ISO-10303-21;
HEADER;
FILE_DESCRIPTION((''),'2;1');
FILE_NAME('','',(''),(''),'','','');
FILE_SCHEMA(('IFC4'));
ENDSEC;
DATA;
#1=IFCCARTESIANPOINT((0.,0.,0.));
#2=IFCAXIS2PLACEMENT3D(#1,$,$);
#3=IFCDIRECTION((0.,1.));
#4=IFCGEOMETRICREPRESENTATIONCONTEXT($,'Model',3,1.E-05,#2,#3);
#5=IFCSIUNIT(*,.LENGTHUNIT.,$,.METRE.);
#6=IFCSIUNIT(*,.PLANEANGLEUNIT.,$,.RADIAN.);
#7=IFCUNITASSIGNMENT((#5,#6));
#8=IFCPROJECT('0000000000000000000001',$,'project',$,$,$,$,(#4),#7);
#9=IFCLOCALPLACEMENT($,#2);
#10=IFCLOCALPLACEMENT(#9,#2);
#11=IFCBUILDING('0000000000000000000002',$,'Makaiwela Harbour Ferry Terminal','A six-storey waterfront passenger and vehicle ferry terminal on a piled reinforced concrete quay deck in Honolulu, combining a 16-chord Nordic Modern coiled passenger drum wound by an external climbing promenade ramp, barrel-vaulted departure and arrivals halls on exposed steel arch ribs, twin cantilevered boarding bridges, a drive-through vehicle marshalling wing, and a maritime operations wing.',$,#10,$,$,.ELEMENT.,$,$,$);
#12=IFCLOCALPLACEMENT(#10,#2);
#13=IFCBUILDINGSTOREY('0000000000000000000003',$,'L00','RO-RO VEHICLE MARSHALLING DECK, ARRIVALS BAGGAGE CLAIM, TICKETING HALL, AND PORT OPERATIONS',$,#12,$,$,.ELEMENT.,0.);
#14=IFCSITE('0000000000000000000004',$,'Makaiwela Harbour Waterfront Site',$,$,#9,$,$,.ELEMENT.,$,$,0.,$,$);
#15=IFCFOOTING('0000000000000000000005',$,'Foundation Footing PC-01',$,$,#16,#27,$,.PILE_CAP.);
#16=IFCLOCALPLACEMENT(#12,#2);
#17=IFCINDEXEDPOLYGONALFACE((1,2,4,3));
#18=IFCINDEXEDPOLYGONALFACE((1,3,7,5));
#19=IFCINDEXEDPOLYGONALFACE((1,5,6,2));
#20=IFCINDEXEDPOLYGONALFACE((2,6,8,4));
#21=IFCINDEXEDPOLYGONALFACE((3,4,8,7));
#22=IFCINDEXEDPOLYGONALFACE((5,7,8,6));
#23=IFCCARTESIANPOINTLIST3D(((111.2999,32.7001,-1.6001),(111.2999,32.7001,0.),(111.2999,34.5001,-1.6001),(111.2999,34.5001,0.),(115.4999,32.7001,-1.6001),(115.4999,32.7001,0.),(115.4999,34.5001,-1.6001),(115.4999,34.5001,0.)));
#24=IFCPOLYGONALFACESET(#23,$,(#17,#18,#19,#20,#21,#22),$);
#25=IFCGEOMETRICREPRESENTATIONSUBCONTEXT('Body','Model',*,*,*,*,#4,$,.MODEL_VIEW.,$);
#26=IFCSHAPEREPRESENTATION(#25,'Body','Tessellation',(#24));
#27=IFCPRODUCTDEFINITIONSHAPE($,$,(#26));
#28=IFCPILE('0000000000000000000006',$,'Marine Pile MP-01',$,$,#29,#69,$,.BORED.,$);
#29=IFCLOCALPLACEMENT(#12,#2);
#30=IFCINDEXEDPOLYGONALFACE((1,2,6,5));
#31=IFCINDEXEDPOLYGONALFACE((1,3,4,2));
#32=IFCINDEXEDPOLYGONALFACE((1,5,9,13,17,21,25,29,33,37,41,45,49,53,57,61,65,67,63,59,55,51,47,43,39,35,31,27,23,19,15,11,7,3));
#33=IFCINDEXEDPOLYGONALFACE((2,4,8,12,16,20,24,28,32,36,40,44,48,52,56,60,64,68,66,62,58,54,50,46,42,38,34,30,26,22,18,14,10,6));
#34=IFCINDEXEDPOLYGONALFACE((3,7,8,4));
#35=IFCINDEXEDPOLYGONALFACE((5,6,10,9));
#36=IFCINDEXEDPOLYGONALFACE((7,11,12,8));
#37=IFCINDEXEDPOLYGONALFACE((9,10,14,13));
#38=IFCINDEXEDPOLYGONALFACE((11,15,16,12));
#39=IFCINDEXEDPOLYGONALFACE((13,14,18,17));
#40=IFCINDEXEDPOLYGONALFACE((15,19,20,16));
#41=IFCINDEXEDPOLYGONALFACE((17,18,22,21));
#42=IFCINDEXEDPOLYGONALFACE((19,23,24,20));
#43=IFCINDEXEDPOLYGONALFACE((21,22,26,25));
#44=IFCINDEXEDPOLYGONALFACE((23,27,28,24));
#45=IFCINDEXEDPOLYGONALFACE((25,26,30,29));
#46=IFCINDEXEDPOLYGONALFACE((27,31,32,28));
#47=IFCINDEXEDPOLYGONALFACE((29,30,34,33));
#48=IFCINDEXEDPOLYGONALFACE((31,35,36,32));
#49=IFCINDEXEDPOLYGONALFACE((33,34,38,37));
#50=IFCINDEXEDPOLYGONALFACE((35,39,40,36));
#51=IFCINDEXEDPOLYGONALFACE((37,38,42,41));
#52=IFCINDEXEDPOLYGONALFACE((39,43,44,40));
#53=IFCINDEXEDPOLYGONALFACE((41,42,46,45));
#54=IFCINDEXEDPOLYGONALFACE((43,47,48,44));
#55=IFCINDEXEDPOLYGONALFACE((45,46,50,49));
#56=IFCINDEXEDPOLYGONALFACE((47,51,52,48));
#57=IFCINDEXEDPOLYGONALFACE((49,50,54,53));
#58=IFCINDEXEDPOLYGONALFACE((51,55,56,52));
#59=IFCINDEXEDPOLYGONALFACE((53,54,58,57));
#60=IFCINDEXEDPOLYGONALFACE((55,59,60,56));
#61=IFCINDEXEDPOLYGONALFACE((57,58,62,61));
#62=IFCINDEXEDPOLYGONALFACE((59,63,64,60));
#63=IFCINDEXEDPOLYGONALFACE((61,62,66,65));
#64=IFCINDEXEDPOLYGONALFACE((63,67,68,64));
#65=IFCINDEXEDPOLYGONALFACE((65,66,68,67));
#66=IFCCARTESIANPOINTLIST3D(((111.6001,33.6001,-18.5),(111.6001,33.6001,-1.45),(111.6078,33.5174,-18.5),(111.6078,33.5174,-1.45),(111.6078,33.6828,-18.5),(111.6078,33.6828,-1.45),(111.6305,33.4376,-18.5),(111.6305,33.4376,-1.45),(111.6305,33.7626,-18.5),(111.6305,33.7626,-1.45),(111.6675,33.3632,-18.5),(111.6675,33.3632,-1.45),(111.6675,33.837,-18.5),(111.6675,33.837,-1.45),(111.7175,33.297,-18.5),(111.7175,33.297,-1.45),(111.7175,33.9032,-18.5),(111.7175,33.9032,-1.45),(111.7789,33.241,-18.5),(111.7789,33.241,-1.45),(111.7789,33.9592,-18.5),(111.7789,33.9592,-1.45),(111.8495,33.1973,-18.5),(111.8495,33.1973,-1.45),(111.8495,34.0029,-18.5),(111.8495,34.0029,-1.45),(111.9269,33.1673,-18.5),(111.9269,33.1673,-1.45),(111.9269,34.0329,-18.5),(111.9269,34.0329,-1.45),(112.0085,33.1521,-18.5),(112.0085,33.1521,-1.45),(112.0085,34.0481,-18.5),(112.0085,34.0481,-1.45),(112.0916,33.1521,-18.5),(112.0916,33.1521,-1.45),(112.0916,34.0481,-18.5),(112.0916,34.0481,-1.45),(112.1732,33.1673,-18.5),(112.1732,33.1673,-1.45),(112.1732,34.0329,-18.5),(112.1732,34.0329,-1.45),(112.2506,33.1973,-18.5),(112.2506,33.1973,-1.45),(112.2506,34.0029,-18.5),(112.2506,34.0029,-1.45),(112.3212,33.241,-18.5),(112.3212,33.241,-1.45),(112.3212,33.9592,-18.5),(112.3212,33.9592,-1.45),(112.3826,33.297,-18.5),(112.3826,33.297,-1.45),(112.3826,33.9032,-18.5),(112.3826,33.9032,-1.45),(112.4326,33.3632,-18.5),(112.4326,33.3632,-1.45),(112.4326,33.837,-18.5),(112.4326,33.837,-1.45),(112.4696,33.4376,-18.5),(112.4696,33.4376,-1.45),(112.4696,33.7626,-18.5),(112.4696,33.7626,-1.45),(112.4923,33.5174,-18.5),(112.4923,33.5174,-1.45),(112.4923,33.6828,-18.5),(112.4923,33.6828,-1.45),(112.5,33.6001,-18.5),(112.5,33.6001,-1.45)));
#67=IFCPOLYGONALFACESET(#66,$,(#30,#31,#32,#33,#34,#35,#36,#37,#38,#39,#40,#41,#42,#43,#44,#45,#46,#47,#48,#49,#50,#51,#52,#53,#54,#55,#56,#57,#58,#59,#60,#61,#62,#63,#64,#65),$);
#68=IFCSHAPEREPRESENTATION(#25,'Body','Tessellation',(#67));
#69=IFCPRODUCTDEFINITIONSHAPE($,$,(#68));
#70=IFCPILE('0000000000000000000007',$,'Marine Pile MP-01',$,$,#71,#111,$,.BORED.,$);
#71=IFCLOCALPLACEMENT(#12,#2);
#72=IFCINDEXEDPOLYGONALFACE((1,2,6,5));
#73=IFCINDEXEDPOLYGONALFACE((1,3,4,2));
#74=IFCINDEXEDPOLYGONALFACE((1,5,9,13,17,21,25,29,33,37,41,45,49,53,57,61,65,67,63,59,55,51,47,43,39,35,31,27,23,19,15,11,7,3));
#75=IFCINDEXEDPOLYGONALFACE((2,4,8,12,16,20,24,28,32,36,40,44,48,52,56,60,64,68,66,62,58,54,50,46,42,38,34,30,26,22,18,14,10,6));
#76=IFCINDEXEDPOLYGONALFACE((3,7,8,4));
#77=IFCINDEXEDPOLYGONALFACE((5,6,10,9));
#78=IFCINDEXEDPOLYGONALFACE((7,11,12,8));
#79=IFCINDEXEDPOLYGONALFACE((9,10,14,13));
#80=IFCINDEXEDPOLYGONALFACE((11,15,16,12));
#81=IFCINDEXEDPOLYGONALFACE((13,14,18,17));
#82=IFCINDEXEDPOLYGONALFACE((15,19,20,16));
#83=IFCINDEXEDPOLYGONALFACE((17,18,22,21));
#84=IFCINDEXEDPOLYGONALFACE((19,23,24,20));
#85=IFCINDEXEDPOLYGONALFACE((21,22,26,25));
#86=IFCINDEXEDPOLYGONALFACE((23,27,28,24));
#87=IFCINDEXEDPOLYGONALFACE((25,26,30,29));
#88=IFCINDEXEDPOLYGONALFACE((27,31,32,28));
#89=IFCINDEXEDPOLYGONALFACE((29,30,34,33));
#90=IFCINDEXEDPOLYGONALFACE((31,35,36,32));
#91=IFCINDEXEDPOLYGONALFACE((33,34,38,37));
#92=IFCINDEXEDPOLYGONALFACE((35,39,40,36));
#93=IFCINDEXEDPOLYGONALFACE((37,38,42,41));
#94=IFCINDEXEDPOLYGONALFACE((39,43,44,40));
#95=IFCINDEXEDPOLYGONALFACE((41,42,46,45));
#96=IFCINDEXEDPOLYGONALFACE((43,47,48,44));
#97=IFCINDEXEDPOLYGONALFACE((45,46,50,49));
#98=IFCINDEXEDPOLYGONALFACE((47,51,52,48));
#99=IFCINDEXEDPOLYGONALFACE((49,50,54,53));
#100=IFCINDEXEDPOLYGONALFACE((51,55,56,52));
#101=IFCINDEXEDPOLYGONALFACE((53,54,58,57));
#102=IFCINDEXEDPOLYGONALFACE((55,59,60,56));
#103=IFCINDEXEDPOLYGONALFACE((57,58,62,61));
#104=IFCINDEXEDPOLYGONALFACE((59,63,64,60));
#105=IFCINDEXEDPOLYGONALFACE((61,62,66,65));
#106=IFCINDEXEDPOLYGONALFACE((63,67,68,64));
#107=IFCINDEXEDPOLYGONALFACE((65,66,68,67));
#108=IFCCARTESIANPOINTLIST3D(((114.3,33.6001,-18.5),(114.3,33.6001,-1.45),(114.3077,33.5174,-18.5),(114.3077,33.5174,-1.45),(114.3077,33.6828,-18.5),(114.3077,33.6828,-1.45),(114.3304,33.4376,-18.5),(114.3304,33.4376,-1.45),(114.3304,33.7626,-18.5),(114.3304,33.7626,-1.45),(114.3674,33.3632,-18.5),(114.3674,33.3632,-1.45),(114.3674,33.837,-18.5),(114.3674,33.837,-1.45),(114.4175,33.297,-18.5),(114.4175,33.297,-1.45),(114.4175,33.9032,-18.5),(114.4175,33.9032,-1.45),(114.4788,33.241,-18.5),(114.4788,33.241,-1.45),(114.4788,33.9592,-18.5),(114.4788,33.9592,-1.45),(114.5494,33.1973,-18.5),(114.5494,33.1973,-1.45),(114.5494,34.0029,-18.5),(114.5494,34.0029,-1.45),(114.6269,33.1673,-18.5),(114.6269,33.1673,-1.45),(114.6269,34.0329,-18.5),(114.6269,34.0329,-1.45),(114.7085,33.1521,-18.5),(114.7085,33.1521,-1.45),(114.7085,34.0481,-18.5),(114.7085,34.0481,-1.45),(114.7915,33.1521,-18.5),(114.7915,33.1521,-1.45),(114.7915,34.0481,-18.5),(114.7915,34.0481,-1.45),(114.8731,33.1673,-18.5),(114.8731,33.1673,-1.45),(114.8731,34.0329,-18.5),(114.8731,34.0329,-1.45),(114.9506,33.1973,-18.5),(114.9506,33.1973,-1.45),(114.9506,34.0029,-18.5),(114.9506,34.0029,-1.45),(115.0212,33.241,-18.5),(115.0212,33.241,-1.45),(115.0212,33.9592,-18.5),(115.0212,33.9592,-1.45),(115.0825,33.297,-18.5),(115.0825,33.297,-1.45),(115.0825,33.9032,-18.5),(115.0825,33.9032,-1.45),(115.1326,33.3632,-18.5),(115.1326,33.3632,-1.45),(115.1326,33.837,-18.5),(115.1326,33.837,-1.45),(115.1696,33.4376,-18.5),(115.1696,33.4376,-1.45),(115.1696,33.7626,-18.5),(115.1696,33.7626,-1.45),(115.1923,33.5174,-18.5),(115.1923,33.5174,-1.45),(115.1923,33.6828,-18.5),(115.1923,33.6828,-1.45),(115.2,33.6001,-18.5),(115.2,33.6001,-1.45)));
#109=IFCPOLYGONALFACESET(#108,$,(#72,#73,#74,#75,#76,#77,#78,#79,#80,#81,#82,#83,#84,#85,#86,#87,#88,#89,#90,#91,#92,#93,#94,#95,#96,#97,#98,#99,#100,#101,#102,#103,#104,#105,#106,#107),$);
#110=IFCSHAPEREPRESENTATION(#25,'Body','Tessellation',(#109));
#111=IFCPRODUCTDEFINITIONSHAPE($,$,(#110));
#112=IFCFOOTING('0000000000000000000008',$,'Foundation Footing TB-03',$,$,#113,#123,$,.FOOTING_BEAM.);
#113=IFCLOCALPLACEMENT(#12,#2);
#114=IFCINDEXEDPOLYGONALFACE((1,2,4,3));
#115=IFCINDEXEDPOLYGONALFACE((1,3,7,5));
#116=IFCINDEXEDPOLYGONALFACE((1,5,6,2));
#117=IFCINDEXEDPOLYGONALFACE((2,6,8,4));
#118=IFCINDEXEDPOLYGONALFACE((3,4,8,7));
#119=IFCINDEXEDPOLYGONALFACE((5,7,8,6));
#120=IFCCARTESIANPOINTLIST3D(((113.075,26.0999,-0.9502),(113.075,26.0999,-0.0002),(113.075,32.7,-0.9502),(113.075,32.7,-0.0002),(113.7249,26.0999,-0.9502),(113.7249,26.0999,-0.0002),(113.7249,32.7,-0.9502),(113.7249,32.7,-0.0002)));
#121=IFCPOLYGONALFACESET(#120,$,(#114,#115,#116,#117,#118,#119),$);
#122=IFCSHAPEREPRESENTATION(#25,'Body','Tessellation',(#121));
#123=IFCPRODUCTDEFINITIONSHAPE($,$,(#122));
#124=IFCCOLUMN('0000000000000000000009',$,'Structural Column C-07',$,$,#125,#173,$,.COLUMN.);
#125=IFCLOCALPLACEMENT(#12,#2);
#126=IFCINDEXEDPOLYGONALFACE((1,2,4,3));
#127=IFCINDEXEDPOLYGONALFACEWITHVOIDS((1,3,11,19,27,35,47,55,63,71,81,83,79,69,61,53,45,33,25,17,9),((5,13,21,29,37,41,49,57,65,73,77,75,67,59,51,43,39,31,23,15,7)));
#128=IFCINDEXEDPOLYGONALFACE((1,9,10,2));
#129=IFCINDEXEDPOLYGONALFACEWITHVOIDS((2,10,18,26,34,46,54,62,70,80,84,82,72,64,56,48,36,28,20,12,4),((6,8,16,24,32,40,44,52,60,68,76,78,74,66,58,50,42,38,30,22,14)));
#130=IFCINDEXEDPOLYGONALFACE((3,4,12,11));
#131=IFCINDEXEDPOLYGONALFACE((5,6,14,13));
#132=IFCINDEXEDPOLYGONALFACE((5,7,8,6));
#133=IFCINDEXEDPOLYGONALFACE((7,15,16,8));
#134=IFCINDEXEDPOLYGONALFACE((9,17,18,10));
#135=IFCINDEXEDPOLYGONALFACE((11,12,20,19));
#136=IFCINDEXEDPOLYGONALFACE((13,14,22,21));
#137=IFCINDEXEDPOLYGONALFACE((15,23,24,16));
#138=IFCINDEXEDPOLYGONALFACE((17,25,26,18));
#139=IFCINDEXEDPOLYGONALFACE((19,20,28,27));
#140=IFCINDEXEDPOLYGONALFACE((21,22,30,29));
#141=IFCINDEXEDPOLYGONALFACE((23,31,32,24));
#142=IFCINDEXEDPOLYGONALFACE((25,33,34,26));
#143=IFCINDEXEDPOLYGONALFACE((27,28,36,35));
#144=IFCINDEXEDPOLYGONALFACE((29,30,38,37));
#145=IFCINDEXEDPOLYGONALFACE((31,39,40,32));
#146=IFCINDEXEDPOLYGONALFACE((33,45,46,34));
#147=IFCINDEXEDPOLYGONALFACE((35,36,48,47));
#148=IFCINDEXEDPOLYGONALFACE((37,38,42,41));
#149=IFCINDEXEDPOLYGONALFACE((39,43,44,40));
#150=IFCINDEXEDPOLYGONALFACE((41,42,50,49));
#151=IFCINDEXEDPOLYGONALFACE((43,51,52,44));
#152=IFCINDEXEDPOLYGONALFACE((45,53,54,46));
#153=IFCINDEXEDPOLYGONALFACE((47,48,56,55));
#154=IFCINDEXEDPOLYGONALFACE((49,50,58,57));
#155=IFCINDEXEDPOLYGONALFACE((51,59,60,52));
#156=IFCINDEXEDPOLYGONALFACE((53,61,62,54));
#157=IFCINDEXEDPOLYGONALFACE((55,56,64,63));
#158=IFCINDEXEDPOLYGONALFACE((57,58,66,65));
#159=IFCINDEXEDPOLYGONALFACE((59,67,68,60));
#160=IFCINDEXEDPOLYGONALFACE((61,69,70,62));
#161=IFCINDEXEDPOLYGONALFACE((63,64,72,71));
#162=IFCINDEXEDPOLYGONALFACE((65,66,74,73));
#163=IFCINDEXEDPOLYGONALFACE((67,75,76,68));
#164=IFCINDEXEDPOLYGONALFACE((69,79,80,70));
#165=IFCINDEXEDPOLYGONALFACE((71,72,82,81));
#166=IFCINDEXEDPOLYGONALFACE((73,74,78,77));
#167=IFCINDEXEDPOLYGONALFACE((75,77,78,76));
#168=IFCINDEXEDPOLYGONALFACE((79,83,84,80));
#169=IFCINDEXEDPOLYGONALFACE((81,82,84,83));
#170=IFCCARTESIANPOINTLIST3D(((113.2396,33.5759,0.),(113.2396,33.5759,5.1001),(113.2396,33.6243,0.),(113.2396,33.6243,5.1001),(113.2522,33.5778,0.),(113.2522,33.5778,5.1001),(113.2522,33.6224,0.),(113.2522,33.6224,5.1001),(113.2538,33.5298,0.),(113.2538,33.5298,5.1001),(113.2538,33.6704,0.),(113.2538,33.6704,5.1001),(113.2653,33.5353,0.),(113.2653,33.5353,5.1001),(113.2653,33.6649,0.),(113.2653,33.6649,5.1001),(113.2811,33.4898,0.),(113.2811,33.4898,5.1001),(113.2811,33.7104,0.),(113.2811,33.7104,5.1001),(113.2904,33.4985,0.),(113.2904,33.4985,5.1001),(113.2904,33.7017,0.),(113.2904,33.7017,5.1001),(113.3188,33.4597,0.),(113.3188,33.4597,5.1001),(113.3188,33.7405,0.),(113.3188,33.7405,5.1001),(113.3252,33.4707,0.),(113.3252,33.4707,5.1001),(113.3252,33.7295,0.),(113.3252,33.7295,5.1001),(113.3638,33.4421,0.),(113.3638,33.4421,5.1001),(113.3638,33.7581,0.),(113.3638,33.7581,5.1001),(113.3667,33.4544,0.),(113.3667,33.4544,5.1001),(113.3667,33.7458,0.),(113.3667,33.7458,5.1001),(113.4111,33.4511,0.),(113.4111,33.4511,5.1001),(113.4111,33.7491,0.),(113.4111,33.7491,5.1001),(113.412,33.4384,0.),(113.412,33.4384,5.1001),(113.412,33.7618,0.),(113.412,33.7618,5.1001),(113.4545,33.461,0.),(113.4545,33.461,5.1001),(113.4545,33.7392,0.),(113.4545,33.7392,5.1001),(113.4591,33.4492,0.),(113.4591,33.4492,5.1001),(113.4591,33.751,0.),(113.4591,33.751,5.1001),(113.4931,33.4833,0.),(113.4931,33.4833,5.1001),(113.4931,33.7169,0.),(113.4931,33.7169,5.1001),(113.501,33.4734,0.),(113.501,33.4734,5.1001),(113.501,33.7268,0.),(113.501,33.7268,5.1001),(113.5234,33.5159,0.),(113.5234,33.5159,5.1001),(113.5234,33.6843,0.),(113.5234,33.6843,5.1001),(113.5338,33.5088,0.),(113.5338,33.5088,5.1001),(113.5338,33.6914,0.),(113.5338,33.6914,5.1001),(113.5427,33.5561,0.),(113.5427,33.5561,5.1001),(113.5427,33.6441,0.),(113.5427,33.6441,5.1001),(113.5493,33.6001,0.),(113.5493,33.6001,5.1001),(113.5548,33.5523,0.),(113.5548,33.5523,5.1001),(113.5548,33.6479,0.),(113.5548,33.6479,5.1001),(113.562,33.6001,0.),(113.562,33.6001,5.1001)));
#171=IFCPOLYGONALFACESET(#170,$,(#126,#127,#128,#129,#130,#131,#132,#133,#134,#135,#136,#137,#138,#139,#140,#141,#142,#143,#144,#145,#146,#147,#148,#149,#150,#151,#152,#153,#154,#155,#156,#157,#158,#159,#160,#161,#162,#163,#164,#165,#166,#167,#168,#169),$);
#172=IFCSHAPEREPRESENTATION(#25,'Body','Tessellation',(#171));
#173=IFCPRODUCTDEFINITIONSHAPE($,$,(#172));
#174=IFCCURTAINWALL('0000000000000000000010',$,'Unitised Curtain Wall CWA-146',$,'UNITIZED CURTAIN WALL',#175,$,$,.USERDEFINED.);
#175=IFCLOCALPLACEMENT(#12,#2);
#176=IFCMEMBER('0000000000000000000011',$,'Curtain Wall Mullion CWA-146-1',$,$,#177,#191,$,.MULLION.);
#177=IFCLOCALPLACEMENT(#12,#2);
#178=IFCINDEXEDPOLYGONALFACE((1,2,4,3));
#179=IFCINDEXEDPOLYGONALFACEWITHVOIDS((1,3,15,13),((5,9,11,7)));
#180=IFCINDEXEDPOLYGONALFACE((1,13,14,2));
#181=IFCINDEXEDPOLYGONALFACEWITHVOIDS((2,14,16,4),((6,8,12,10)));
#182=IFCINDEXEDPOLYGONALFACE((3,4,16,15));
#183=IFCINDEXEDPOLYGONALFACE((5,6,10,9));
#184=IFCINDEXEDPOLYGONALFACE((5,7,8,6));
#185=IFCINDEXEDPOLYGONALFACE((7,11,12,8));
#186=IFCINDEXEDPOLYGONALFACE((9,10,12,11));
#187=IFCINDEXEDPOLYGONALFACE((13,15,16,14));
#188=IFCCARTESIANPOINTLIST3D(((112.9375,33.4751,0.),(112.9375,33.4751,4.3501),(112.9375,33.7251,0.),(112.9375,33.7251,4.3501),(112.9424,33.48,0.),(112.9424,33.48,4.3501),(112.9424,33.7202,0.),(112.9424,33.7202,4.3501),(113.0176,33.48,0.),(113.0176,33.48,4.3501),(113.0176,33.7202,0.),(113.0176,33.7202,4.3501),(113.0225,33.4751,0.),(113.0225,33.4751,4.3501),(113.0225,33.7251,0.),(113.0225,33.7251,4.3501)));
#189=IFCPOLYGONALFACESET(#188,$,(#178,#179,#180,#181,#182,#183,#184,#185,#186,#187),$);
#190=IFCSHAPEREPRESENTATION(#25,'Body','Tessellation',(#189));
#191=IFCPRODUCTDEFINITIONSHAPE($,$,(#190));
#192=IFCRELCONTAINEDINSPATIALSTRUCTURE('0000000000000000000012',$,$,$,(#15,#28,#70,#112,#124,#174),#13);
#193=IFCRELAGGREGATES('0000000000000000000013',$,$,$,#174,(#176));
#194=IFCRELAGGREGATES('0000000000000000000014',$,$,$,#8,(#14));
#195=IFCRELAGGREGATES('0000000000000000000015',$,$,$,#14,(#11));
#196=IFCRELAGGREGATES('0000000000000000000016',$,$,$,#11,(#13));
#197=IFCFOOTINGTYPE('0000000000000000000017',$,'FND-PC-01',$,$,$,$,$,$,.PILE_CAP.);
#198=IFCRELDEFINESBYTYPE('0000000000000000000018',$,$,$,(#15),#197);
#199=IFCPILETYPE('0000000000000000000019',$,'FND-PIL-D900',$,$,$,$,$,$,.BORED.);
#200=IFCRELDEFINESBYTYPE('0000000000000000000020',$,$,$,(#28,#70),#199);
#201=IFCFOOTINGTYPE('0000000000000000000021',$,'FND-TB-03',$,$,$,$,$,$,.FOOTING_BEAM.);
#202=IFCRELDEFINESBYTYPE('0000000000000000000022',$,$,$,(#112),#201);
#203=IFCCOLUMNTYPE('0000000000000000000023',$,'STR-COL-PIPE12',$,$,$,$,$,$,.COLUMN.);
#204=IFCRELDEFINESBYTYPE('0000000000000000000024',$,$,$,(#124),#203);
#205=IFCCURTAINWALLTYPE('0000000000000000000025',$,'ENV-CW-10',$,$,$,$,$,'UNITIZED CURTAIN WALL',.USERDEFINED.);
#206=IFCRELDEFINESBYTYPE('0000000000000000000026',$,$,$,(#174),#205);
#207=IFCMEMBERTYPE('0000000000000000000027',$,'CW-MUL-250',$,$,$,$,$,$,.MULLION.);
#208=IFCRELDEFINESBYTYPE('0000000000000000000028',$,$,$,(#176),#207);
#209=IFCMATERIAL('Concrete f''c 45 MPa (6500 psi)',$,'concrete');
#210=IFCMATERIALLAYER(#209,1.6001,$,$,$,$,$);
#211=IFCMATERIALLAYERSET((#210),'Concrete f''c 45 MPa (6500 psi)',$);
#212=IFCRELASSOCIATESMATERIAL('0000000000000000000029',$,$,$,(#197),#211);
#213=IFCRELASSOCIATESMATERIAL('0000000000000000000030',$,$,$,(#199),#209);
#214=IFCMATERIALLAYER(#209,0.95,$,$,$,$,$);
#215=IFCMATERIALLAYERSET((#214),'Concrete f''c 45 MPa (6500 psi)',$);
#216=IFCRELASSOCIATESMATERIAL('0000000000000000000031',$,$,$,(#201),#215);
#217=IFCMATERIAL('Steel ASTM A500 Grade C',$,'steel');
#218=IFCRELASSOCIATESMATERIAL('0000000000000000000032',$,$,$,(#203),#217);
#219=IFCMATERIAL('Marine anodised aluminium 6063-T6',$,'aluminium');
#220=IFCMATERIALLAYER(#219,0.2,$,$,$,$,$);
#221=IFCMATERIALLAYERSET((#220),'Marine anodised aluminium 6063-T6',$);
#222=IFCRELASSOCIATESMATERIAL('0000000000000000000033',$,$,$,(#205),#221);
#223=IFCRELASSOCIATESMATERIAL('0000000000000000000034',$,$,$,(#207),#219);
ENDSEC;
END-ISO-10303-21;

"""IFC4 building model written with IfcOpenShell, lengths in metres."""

from ifc_helpers import new_model, si_unit, direction, frame, origin, origin_2d, place, context, subcontext, project, spatial, rectangle, hollow_rectangle, circle, hollow_circle, extrude, material, layer, layer_set, material_profile, profile_set, type_object, element, aggregate, save


model = new_model("IFC4")

# Units and contexts
model_context = context("Model", 3, precision=1e-05, world=origin(), true_north=direction((0.0, 1.0)))
body_context = subcontext(model_context, "Body", "Model", "MODEL_VIEW")
ifc_project = project(units=[si_unit("LENGTHUNIT", "METRE"), si_unit("PLANEANGLEUNIT", "RADIAN")], contexts=[model_context])

# Site, building, storey
site_placement = place(None, origin())
site = spatial("IfcSite", under=ifc_project, at=site_placement, Name="Makaiwela Harbour Waterfront Site", CompositionType="ELEMENT", RefElevation=0.0)
building_placement = place(site_placement, origin())
building = spatial("IfcBuilding", under=site, at=building_placement, Name="Makaiwela Harbour Ferry Terminal", Description="A six-storey waterfront passenger and vehicle ferry terminal on a piled reinforced concrete quay deck in Honolulu, combining a 16-chord Nordic Modern coiled passenger drum wound by an external climbing promenade ramp, barrel-vaulted departure and arrivals halls on exposed steel arch ribs, twin cantilevered boarding bridges, a drive-through vehicle marshalling wing, and a maritime operations wing.", CompositionType="ELEMENT")
storey_placement = place(building_placement, origin())
storey = spatial("IfcBuildingStorey", under=building, at=storey_placement, Name="L00", Description="RO-RO VEHICLE MARSHALLING DECK, ARRIVALS BAGGAGE CLAIM, TICKETING HALL, AND PORT OPERATIONS", CompositionType="ELEMENT", Elevation=0.0)

# Footing
ifc_material_1 = material(Name="Concrete f'c 45 MPa (6500 psi)", Category="concrete")
ifc_layer_1 = layer(ifc_material_1, 1.6001)
ifc_layer_set_1 = layer_set([ifc_layer_1], Name="Concrete f'c 45 MPa (6500 psi)")
footing_type_1 = type_object("IfcFootingType", Name="FND-PC-01", PredefinedType="PILE_CAP", material=ifc_layer_set_1)
footing_1_placement = place(storey_placement, frame((113.3999, 33.6001, -1.6001), z_axis=(0.0, 0.0, 1.0), x_axis=(1.0, 0.0, 0.0)))
element("IfcFooting", 1, at=footing_1_placement, inside=storey, type_object=footing_type_1, Name="Foundation Footing PC-01", PredefinedType="PILE_CAP", context=body_context, shape_type="SweptSolid", body=[
    extrude(rectangle(XDim=4.2, YDim=1.8, at=origin_2d()), origin(), (0.0, 0.0, 1.0), 1.6001),
])

# Piles
ifc_material_profile_1 = material_profile(ifc_material_1, circle(Radius=0.45, at=origin_2d()), Name="PILE-D900")
ifc_profile_set_1 = profile_set([ifc_material_profile_1], Name="Concrete f'c 45 MPa (6500 psi)")
pile_type = type_object("IfcPileType", Name="FND-PIL-D900", PredefinedType="BORED", material=ifc_profile_set_1)
for number, where, z_axis, x_axis, name in (
    (2, (112.05, 33.6001, -1.45), (0.0, 0.0, -1.0), (1.0, 0.0, 0.0), "Marine Pile MP-01"),
    (3, (114.75, 33.6001, -1.45), (0.0, 0.0, -1.0), (1.0, 0.0, 0.0), "Marine Pile MP-01"),
):
    element("IfcPile", number, at=place(storey_placement, frame(where, z_axis=z_axis, x_axis=x_axis)), inside=storey, type_object=pile_type, Name=name, PredefinedType="BORED", context=body_context, shape_type="SweptSolid", body=[
        extrude(circle(Radius=0.45, at=origin_2d()), origin(), (0.0, 0.0, 1.0), 17.05),
    ])

# Footing
ifc_layer_2 = layer(ifc_material_1, 0.95)
ifc_layer_set_2 = layer_set([ifc_layer_2], Name="Concrete f'c 45 MPa (6500 psi)")
footing_type_2 = type_object("IfcFootingType", Name="FND-TB-03", PredefinedType="FOOTING_BEAM", material=ifc_layer_set_2)
footing_2_placement = place(storey_placement, frame((113.3999, 29.3999, -0.9502), z_axis=(0.0, 0.0, 1.0), x_axis=(0.0, 1.0, 0.0)))
element("IfcFooting", 4, at=footing_2_placement, inside=storey, type_object=footing_type_2, Name="Foundation Footing TB-03", PredefinedType="FOOTING_BEAM", context=body_context, shape_type="SweptSolid", body=[
    extrude(rectangle(XDim=6.6001, YDim=0.6499, at=origin_2d()), origin(), (0.0, 0.0, 1.0), 0.95),
])

# Column
ifc_material_2 = material(Name="Steel ASTM A500 Grade C", Category="steel")
ifc_material_profile_2 = material_profile(ifc_material_2, hollow_circle(Radius=0.1621, WallThickness=0.0127, at=origin_2d()), Name="PIPE12XS")
ifc_profile_set_2 = profile_set([ifc_material_profile_2], Name="Steel ASTM A500 Grade C")
column_type = type_object("IfcColumnType", Name="STR-COL-PIPE12", PredefinedType="COLUMN", material=ifc_profile_set_2)
column_placement = place(storey_placement, frame((113.3999, 33.6001, 0.0), z_axis=(0.0, 0.0, 1.0), x_axis=(1.0, 0.0, 0.0)))
element("IfcColumn", 5, at=column_placement, inside=storey, type_object=column_type, Name="Structural Column C-07", PredefinedType="COLUMN", context=body_context, shape_type="SweptSolid", body=[
    extrude(hollow_circle(Radius=0.1621, WallThickness=0.0127, at=origin_2d()), origin(), (0.0, 0.0, 1.0), 5.1001),
])

# Curtain wall, member
ifc_material_3 = material(Name="Marine anodised aluminium 6063-T6", Category="aluminium")
ifc_layer_3 = layer(ifc_material_3, 0.2)
ifc_layer_set_3 = layer_set([ifc_layer_3], Name="Marine anodised aluminium 6063-T6")
curtain_wall_type = type_object("IfcCurtainWallType", Name="ENV-CW-10", ElementType="UNITIZED CURTAIN WALL", PredefinedType="USERDEFINED", material=ifc_layer_set_3)
curtain_wall_1_placement = place(storey_placement, origin())
curtain_wall_1 = element("IfcCurtainWall", 6, at=curtain_wall_1_placement, inside=storey, type_object=curtain_wall_type, Name="Unitised Curtain Wall CWA-146", ObjectType="UNITIZED CURTAIN WALL", PredefinedType="USERDEFINED")
ifc_material_profile_3 = material_profile(ifc_material_3, hollow_rectangle(XDim=0.085, YDim=0.25, WallThickness=0.0049, at=origin_2d()), Name="CWM-250X85")
ifc_profile_set_3 = profile_set([ifc_material_profile_3], Name="Marine anodised aluminium 6063-T6")
member_type_1 = type_object("IfcMemberType", Name="CW-MUL-250", PredefinedType="MULLION", material=ifc_profile_set_3)
member_1_placement = place(storey_placement, frame((112.98, 33.6001, 0.0), z_axis=(0.0, 0.0, 1.0), x_axis=(1.0, 0.0, 0.0)))
member_1 = element("IfcMember", 7, at=member_1_placement, type_object=member_type_1, Name="Curtain Wall Mullion CWA-146-1", PredefinedType="MULLION", context=body_context, shape_type="SweptSolid", body=[
    extrude(hollow_rectangle(XDim=0.085, YDim=0.25, WallThickness=0.0049, at=origin_2d()), origin(), (0.0, 0.0, 1.0), 4.3501),
])

aggregate(curtain_wall_1, [member_1])

save(model, "model.ifc")
